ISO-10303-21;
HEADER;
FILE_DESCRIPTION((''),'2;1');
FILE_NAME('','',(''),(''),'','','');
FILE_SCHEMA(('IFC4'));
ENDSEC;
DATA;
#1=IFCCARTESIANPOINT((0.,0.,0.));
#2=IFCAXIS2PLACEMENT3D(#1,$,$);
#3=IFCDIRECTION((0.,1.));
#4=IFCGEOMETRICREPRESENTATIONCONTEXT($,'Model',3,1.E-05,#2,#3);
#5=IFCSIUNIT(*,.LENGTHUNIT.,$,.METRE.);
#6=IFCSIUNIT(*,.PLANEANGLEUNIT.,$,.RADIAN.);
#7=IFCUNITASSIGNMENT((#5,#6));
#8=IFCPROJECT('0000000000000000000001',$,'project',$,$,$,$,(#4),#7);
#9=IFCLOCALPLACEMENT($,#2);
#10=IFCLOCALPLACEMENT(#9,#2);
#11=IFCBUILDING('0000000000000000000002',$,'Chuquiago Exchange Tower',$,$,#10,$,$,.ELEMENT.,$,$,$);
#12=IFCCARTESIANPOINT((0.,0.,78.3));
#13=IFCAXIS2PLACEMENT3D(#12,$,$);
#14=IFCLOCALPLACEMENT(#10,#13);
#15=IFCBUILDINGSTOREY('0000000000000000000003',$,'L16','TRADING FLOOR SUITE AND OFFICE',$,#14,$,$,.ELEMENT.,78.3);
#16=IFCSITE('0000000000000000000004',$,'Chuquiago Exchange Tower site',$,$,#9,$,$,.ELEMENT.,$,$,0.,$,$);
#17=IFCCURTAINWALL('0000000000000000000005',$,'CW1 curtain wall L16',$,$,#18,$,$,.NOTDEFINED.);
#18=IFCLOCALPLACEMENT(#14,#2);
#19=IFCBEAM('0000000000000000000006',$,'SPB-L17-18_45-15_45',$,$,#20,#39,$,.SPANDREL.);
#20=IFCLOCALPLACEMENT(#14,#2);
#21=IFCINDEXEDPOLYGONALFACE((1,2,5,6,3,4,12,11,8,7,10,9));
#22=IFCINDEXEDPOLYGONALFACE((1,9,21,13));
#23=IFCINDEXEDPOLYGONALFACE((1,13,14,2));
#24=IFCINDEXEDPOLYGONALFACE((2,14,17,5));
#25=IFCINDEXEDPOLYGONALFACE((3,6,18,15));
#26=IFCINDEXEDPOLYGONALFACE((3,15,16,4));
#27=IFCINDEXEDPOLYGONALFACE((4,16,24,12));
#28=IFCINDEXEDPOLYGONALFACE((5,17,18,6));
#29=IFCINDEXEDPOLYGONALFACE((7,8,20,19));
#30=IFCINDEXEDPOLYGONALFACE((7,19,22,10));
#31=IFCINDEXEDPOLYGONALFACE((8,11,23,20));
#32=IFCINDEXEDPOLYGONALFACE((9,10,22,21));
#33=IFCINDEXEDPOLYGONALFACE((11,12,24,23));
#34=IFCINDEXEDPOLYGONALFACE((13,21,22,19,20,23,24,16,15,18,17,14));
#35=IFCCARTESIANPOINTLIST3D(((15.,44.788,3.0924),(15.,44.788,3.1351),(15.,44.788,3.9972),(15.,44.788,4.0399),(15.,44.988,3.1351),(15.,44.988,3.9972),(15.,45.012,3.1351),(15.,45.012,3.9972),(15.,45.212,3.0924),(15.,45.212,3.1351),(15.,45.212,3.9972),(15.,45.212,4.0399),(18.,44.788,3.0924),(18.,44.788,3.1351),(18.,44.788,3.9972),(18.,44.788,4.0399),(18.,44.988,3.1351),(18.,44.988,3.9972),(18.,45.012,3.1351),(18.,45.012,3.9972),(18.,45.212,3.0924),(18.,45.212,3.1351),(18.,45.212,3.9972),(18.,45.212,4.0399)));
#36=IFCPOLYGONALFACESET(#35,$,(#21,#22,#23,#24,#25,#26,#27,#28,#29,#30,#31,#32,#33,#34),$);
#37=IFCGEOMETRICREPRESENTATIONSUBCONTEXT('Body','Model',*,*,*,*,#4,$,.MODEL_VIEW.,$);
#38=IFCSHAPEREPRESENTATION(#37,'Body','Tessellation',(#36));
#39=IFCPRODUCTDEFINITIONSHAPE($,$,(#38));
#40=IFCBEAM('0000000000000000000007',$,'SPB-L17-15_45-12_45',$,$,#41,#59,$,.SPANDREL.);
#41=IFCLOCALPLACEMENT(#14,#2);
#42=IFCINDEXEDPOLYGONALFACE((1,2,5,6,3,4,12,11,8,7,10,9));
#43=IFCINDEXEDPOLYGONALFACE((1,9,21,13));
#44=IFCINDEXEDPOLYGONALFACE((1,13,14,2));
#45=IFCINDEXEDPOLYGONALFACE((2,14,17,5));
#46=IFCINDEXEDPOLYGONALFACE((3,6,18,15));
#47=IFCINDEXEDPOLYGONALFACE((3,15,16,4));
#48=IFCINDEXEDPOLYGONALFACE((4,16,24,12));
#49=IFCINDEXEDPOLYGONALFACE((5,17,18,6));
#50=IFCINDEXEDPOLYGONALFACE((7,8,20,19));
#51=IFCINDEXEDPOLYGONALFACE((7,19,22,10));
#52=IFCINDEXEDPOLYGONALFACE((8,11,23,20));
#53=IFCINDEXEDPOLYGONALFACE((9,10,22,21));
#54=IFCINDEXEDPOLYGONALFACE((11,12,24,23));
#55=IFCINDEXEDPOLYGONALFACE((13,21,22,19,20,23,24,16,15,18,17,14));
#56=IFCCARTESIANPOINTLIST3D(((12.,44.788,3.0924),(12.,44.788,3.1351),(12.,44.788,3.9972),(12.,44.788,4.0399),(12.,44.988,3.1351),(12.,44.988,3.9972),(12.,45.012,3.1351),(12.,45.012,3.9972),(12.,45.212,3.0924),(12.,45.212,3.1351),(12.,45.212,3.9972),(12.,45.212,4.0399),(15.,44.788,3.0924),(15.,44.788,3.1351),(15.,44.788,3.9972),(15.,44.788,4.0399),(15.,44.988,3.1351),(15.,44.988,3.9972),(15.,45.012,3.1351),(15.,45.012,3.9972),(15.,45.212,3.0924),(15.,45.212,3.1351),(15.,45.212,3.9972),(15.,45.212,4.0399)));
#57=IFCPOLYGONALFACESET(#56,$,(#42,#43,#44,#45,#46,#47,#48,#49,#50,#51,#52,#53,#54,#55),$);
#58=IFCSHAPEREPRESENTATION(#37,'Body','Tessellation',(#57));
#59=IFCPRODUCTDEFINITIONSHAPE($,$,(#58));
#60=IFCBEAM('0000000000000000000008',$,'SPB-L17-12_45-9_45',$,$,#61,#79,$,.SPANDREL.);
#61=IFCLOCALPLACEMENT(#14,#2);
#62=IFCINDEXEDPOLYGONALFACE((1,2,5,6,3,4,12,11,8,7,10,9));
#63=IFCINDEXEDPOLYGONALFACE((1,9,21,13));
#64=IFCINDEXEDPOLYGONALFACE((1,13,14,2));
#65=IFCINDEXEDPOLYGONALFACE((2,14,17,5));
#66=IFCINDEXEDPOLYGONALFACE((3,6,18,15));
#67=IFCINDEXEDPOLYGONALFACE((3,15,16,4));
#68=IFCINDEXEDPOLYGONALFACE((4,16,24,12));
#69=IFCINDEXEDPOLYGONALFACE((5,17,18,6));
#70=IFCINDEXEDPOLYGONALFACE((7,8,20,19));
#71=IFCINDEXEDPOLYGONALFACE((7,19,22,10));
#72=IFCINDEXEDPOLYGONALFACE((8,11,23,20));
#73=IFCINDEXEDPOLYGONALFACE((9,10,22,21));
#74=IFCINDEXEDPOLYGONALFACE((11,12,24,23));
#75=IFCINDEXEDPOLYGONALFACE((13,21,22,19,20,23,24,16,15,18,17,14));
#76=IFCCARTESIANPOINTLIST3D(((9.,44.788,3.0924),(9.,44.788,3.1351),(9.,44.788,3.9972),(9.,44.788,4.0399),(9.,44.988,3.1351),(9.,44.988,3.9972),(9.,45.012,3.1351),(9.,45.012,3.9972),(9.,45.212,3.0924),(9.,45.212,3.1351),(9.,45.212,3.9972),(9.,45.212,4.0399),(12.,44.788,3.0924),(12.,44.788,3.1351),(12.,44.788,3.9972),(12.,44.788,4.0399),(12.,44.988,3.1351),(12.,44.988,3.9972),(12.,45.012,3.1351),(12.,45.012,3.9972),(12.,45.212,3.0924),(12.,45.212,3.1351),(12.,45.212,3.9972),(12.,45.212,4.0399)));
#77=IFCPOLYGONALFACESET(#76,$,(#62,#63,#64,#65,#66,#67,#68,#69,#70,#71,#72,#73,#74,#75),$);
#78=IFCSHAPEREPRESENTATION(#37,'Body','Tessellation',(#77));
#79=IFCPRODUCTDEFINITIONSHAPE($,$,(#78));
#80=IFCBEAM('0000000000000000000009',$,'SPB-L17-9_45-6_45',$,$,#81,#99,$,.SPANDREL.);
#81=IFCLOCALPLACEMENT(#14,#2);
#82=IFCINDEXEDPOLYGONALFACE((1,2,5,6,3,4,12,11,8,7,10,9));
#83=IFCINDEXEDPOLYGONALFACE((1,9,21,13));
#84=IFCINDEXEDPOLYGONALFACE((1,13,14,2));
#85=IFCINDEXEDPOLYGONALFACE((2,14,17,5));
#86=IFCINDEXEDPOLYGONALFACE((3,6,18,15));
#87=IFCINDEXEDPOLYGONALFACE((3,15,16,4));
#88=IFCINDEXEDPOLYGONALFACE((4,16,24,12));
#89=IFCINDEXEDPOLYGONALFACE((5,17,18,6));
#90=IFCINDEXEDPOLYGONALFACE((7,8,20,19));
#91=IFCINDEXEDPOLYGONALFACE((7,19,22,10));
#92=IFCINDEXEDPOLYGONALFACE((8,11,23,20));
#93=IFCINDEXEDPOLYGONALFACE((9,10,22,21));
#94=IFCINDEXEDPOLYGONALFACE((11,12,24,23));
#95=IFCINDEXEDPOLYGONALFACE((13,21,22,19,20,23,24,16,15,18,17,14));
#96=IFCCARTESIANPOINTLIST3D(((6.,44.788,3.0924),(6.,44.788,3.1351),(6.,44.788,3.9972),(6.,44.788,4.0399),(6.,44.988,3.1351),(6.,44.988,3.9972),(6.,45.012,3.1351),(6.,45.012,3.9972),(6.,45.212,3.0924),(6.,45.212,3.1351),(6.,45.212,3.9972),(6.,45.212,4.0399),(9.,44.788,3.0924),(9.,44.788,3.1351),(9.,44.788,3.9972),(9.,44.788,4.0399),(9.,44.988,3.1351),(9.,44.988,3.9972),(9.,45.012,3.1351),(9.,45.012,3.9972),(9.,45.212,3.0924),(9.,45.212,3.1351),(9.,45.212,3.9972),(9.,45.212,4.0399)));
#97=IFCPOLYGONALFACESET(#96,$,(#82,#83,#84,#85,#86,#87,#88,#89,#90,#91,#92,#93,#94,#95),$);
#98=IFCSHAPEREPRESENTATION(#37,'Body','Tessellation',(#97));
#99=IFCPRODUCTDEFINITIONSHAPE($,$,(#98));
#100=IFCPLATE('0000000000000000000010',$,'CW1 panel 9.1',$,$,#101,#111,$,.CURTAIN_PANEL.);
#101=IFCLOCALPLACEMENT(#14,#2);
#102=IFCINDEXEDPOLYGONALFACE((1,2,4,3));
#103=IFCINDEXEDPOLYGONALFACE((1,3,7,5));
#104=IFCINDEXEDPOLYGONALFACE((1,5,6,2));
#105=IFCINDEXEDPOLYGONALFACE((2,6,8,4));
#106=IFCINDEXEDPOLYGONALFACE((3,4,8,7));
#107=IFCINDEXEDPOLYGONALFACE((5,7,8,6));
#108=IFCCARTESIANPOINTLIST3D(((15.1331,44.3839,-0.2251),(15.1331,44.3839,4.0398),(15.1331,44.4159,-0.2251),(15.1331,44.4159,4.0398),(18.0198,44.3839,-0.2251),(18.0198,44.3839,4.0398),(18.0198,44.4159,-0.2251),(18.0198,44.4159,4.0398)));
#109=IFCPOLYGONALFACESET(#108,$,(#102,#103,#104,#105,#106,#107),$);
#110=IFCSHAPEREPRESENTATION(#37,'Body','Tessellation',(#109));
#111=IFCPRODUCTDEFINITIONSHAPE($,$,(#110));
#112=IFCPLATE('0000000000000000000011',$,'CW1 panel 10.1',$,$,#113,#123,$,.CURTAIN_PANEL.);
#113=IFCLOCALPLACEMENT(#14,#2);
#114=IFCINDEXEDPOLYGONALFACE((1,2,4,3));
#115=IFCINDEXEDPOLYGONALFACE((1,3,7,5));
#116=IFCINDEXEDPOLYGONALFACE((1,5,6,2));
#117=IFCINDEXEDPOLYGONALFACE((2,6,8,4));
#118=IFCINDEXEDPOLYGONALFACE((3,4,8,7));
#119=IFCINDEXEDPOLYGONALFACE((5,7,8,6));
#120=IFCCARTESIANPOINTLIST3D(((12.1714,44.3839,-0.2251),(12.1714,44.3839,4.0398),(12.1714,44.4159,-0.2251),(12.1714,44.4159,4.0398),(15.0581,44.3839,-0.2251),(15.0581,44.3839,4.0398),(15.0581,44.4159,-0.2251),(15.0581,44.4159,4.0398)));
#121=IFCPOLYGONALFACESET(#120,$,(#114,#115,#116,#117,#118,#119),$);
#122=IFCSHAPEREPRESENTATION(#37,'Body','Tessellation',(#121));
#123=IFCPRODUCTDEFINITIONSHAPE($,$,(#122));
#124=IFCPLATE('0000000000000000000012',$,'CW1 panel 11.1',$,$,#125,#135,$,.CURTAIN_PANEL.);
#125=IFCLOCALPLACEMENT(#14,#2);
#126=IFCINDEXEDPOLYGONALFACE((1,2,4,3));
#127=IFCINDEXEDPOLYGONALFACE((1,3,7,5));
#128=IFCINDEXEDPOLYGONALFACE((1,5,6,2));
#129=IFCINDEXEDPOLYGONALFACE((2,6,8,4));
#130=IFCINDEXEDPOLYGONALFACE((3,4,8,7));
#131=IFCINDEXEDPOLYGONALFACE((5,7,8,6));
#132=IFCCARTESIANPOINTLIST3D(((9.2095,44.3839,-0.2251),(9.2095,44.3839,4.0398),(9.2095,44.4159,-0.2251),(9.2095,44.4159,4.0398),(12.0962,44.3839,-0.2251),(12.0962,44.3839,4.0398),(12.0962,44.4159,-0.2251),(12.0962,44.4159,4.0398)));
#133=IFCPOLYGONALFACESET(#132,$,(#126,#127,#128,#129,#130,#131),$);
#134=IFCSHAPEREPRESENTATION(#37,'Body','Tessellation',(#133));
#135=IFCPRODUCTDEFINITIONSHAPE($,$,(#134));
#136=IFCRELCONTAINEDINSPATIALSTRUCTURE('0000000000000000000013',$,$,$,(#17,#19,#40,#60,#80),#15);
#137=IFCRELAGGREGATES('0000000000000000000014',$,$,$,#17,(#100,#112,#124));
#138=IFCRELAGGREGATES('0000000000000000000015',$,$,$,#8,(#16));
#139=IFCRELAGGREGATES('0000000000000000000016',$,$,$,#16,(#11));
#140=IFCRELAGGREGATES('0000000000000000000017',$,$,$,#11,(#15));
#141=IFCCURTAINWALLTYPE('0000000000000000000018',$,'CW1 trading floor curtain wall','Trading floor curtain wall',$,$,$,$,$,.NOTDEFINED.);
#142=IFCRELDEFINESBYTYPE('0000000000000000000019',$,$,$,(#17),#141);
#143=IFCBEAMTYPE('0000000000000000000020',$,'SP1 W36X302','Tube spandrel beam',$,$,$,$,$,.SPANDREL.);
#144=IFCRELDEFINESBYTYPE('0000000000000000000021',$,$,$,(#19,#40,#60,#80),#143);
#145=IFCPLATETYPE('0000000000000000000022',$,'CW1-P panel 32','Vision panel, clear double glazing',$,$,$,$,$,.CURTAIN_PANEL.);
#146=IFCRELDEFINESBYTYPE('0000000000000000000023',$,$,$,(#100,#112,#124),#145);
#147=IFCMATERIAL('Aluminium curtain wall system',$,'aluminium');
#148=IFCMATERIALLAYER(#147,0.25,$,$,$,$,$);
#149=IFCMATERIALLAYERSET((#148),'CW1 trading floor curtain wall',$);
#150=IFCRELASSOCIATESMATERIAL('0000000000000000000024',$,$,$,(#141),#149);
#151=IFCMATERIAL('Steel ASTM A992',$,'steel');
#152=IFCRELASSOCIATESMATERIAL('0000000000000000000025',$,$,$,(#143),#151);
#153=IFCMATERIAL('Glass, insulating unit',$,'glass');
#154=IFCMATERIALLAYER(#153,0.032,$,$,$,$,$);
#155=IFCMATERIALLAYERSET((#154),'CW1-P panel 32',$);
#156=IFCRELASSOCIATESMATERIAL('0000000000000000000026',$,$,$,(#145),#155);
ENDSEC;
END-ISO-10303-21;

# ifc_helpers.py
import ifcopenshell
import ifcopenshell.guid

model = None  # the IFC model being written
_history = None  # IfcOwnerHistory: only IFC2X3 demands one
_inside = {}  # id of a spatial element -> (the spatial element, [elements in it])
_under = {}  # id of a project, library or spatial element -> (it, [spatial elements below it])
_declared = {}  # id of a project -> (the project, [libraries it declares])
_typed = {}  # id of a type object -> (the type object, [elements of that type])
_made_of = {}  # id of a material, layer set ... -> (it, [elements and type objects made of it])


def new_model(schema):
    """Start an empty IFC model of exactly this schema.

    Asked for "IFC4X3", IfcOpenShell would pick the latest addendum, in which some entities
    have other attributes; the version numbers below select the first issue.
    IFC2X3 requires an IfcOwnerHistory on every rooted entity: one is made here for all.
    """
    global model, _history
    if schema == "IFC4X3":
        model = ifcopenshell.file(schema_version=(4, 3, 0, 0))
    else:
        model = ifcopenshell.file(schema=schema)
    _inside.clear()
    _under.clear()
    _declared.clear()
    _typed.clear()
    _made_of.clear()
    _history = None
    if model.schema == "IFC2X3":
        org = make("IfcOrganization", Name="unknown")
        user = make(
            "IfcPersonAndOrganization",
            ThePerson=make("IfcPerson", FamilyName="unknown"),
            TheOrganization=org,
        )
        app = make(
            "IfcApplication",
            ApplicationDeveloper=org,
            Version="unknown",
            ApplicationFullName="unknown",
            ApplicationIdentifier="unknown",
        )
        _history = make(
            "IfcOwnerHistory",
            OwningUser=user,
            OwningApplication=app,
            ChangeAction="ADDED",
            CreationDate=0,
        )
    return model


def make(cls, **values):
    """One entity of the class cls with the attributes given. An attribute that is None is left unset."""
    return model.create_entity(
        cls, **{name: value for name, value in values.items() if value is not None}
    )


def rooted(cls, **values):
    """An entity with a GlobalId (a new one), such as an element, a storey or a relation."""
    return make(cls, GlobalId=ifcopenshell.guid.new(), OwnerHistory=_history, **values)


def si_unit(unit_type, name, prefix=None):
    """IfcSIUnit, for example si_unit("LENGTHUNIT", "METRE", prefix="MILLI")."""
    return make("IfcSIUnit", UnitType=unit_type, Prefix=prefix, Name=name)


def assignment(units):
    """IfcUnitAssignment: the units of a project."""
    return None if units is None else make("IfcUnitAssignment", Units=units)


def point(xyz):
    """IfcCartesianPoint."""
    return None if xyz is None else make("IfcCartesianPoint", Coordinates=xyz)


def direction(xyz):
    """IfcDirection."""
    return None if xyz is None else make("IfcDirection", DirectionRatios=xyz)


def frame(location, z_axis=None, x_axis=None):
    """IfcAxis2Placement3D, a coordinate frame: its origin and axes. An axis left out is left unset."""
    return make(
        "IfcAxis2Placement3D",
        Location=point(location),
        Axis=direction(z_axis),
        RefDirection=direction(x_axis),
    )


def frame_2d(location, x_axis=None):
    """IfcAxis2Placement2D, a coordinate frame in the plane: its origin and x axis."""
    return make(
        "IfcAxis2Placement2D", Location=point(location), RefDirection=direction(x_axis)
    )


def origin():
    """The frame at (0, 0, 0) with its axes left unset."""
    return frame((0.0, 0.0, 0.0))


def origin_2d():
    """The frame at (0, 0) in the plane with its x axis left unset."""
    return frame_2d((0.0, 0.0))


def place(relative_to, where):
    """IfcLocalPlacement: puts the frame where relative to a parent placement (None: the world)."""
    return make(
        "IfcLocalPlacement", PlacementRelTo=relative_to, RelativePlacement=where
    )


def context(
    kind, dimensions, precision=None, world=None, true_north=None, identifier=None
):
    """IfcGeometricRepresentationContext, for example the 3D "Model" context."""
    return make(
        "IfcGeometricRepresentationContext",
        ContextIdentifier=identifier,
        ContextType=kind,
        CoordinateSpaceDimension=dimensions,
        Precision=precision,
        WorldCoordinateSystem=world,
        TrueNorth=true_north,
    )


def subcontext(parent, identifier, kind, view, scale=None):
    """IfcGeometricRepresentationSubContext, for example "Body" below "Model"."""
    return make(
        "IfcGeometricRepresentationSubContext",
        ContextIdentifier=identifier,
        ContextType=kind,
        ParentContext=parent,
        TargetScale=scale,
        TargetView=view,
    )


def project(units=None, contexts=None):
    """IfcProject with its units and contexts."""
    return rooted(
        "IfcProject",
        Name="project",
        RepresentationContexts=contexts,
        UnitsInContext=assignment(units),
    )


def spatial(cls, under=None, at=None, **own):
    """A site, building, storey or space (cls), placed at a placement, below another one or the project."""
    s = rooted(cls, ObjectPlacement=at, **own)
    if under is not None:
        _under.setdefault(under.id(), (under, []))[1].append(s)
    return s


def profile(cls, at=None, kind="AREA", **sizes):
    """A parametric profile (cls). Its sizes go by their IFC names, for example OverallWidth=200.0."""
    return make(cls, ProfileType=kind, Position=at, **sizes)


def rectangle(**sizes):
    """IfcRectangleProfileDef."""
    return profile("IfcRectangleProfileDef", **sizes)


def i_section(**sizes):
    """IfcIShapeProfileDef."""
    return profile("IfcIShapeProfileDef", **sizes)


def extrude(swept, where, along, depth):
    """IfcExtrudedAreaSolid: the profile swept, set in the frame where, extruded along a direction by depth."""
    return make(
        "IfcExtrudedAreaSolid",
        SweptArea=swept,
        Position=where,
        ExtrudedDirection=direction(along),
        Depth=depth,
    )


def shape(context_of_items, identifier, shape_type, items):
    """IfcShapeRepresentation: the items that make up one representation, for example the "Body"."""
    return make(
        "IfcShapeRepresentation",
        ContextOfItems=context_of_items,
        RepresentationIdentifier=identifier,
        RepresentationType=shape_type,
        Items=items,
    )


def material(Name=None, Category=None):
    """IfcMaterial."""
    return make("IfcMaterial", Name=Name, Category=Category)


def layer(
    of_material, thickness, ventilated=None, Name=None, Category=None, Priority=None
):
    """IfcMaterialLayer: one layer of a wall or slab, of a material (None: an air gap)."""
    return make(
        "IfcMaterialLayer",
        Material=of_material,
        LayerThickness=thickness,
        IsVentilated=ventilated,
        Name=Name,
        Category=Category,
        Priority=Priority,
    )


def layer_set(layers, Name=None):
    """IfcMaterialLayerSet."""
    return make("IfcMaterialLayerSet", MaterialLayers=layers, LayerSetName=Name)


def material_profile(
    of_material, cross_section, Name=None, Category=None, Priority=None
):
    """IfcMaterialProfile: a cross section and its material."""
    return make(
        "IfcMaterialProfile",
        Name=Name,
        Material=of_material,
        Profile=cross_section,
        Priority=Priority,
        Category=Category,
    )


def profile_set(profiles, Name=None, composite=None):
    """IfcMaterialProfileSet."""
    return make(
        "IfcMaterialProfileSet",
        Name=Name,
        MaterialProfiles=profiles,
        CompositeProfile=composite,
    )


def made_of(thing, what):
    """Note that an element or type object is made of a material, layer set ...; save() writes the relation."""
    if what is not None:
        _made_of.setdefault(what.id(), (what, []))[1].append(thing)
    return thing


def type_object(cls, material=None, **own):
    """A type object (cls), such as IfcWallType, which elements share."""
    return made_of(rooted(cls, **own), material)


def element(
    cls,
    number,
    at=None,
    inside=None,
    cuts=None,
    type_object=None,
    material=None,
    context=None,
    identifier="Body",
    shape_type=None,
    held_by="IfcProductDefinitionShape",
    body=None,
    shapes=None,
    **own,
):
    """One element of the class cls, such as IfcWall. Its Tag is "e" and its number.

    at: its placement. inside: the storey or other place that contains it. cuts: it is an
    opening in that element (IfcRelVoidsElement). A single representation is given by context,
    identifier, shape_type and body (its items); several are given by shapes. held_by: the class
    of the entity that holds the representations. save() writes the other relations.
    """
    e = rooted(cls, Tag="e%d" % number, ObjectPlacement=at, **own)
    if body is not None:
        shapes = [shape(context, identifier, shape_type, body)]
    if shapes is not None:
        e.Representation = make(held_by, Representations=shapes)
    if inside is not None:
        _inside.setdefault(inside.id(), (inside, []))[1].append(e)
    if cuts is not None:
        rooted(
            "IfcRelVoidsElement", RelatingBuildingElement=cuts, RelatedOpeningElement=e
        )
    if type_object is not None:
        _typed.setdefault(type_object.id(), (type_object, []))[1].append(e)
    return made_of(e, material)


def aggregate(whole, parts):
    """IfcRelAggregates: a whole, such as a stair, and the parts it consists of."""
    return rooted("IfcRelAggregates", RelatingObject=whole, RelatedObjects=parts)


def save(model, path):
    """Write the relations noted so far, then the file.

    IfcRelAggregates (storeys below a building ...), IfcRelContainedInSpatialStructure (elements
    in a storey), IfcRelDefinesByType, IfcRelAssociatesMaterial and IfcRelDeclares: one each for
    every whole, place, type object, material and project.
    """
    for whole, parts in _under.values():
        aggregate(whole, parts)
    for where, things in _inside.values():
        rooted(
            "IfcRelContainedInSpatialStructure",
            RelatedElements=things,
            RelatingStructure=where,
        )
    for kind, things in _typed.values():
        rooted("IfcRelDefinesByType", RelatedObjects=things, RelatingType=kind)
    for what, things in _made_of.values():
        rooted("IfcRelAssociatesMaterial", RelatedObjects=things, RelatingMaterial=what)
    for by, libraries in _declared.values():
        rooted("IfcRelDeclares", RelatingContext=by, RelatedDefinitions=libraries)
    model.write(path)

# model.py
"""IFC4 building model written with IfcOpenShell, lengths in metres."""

from ifc_helpers import new_model, si_unit, direction, frame, origin, origin_2d, place, context, subcontext, project, spatial, rectangle, i_section, extrude, material, layer, layer_set, material_profile, profile_set, type_object, element, aggregate, save


model = new_model("IFC4")

# Units and contexts
model_context = context("Model", 3, precision=1e-05, world=origin(), true_north=direction((0.0, 1.0)))
body_context = subcontext(model_context, "Body", "Model", "MODEL_VIEW")
ifc_project = project(units=[si_unit("LENGTHUNIT", "METRE"), si_unit("PLANEANGLEUNIT", "RADIAN")], contexts=[model_context])

# Site, building, storey
site_placement = place(None, origin())
site = spatial("IfcSite", under=ifc_project, at=site_placement, Name="Chuquiago Exchange Tower site", CompositionType="ELEMENT", RefElevation=0.0)
building_placement = place(site_placement, origin())
building = spatial("IfcBuilding", under=site, at=building_placement, Name="Chuquiago Exchange Tower", CompositionType="ELEMENT")
storey_placement = place(building_placement, frame((0.0, 0.0, 78.3)))
storey = spatial("IfcBuildingStorey", under=building, at=storey_placement, Name="L16", Description="TRADING FLOOR SUITE AND OFFICE", CompositionType="ELEMENT", Elevation=78.3)

# Curtain wall
ifc_material_1 = material(Name="Aluminium curtain wall system", Category="aluminium")
ifc_layer_1 = layer(ifc_material_1, 0.25)
ifc_layer_set_1 = layer_set([ifc_layer_1], Name="CW1 trading floor curtain wall")
curtain_wall_type = type_object("IfcCurtainWallType", Name="CW1 trading floor curtain wall", Description="Trading floor curtain wall", PredefinedType="NOTDEFINED", material=ifc_layer_set_1)
curtain_wall_placement = place(storey_placement, origin())
curtain_wall = element("IfcCurtainWall", 1, at=curtain_wall_placement, inside=storey, type_object=curtain_wall_type, Name="CW1 curtain wall L16", PredefinedType="NOTDEFINED")

# Beams
ifc_material_2 = material(Name="Steel ASTM A992", Category="steel")
ifc_material_profile_1 = material_profile(ifc_material_2, i_section(OverallWidth=0.4241, OverallDepth=0.9475, WebThickness=0.0239, FlangeThickness=0.0427, at=origin_2d()), Name="W36X302")
ifc_profile_set_1 = profile_set([ifc_material_profile_1], Name="Steel ASTM A992")
beam_type = type_object("IfcBeamType", Name="SP1 W36X302", Description="Tube spandrel beam", PredefinedType="SPANDREL", material=ifc_profile_set_1)
for number, where, z_axis, x_axis, name in (
    (2, (18.0, 45.0, 3.5662), (-1.0, 0.0, 0.0), (0.0, -1.0, 0.0), "SPB-L17-18_45-15_45"),
    (3, (15.0, 45.0, 3.5662), (-1.0, 0.0, 0.0), (0.0, -1.0, 0.0), "SPB-L17-15_45-12_45"),
    (4, (12.0, 45.0, 3.5662), (-1.0, 0.0, 0.0), (0.0, -1.0, 0.0), "SPB-L17-12_45-9_45"),
    (5, (9.0, 45.0, 3.5662), (-1.0, 0.0, 0.0), (0.0, -1.0, 0.0), "SPB-L17-9_45-6_45"),
):
    element("IfcBeam", number, at=place(storey_placement, frame(where, z_axis=z_axis, x_axis=x_axis)), inside=storey, type_object=beam_type, Name=name, PredefinedType="SPANDREL", context=body_context, shape_type="SweptSolid", body=[
        extrude(i_section(OverallWidth=0.4241, OverallDepth=0.9475, WebThickness=0.0239, FlangeThickness=0.0427, at=origin_2d()), origin(), (0.0, 0.0, 1.0), 3.0),
    ])

# Plates
ifc_material_3 = material(Name="Glass, insulating unit", Category="glass")
ifc_layer_2 = layer(ifc_material_3, 0.032)
ifc_layer_set_2 = layer_set([ifc_layer_2], Name="CW1-P panel 32")
plate_type = type_object("IfcPlateType", Name="CW1-P panel 32", Description="Vision panel, clear double glazing", PredefinedType="CURTAIN_PANEL", material=ifc_layer_set_2)
plate_1_placement = place(storey_placement, frame((16.5764, 44.3999, -0.2251), z_axis=(0.0, 0.0, 1.0), x_axis=(-1.0, 0.0, 0.0)))
plate_1 = element("IfcPlate", 6, at=plate_1_placement, type_object=plate_type, Name="CW1 panel 9.1", PredefinedType="CURTAIN_PANEL", context=body_context, shape_type="SweptSolid", body=[
    extrude(rectangle(XDim=2.8867, YDim=0.032, at=origin_2d()), origin(), (0.0, 0.0, 1.0), 4.2649),
])
plate_2_placement = place(storey_placement, frame((13.6147, 44.3999, -0.2251), z_axis=(0.0, 0.0, 1.0), x_axis=(-1.0, 0.0, 0.0)))
plate_2 = element("IfcPlate", 7, at=plate_2_placement, type_object=plate_type, Name="CW1 panel 10.1", PredefinedType="CURTAIN_PANEL", context=body_context, shape_type="SweptSolid", body=[
    extrude(rectangle(XDim=2.8867, YDim=0.032, at=origin_2d()), origin(), (0.0, 0.0, 1.0), 4.2649),
])
plate_3_placement = place(storey_placement, frame((10.6528, 44.3999, -0.2251), z_axis=(0.0, 0.0, 1.0), x_axis=(-1.0, 0.0, 0.0)))
plate_3 = element("IfcPlate", 8, at=plate_3_placement, type_object=plate_type, Name="CW1 panel 11.1", PredefinedType="CURTAIN_PANEL", context=body_context, shape_type="SweptSolid", body=[
    extrude(rectangle(XDim=2.8867, YDim=0.032, at=origin_2d()), origin(), (0.0, 0.0, 1.0), 4.2649),
])
aggregate(curtain_wall, [plate_1, plate_2, plate_3])

save(model, "model.ifc")
